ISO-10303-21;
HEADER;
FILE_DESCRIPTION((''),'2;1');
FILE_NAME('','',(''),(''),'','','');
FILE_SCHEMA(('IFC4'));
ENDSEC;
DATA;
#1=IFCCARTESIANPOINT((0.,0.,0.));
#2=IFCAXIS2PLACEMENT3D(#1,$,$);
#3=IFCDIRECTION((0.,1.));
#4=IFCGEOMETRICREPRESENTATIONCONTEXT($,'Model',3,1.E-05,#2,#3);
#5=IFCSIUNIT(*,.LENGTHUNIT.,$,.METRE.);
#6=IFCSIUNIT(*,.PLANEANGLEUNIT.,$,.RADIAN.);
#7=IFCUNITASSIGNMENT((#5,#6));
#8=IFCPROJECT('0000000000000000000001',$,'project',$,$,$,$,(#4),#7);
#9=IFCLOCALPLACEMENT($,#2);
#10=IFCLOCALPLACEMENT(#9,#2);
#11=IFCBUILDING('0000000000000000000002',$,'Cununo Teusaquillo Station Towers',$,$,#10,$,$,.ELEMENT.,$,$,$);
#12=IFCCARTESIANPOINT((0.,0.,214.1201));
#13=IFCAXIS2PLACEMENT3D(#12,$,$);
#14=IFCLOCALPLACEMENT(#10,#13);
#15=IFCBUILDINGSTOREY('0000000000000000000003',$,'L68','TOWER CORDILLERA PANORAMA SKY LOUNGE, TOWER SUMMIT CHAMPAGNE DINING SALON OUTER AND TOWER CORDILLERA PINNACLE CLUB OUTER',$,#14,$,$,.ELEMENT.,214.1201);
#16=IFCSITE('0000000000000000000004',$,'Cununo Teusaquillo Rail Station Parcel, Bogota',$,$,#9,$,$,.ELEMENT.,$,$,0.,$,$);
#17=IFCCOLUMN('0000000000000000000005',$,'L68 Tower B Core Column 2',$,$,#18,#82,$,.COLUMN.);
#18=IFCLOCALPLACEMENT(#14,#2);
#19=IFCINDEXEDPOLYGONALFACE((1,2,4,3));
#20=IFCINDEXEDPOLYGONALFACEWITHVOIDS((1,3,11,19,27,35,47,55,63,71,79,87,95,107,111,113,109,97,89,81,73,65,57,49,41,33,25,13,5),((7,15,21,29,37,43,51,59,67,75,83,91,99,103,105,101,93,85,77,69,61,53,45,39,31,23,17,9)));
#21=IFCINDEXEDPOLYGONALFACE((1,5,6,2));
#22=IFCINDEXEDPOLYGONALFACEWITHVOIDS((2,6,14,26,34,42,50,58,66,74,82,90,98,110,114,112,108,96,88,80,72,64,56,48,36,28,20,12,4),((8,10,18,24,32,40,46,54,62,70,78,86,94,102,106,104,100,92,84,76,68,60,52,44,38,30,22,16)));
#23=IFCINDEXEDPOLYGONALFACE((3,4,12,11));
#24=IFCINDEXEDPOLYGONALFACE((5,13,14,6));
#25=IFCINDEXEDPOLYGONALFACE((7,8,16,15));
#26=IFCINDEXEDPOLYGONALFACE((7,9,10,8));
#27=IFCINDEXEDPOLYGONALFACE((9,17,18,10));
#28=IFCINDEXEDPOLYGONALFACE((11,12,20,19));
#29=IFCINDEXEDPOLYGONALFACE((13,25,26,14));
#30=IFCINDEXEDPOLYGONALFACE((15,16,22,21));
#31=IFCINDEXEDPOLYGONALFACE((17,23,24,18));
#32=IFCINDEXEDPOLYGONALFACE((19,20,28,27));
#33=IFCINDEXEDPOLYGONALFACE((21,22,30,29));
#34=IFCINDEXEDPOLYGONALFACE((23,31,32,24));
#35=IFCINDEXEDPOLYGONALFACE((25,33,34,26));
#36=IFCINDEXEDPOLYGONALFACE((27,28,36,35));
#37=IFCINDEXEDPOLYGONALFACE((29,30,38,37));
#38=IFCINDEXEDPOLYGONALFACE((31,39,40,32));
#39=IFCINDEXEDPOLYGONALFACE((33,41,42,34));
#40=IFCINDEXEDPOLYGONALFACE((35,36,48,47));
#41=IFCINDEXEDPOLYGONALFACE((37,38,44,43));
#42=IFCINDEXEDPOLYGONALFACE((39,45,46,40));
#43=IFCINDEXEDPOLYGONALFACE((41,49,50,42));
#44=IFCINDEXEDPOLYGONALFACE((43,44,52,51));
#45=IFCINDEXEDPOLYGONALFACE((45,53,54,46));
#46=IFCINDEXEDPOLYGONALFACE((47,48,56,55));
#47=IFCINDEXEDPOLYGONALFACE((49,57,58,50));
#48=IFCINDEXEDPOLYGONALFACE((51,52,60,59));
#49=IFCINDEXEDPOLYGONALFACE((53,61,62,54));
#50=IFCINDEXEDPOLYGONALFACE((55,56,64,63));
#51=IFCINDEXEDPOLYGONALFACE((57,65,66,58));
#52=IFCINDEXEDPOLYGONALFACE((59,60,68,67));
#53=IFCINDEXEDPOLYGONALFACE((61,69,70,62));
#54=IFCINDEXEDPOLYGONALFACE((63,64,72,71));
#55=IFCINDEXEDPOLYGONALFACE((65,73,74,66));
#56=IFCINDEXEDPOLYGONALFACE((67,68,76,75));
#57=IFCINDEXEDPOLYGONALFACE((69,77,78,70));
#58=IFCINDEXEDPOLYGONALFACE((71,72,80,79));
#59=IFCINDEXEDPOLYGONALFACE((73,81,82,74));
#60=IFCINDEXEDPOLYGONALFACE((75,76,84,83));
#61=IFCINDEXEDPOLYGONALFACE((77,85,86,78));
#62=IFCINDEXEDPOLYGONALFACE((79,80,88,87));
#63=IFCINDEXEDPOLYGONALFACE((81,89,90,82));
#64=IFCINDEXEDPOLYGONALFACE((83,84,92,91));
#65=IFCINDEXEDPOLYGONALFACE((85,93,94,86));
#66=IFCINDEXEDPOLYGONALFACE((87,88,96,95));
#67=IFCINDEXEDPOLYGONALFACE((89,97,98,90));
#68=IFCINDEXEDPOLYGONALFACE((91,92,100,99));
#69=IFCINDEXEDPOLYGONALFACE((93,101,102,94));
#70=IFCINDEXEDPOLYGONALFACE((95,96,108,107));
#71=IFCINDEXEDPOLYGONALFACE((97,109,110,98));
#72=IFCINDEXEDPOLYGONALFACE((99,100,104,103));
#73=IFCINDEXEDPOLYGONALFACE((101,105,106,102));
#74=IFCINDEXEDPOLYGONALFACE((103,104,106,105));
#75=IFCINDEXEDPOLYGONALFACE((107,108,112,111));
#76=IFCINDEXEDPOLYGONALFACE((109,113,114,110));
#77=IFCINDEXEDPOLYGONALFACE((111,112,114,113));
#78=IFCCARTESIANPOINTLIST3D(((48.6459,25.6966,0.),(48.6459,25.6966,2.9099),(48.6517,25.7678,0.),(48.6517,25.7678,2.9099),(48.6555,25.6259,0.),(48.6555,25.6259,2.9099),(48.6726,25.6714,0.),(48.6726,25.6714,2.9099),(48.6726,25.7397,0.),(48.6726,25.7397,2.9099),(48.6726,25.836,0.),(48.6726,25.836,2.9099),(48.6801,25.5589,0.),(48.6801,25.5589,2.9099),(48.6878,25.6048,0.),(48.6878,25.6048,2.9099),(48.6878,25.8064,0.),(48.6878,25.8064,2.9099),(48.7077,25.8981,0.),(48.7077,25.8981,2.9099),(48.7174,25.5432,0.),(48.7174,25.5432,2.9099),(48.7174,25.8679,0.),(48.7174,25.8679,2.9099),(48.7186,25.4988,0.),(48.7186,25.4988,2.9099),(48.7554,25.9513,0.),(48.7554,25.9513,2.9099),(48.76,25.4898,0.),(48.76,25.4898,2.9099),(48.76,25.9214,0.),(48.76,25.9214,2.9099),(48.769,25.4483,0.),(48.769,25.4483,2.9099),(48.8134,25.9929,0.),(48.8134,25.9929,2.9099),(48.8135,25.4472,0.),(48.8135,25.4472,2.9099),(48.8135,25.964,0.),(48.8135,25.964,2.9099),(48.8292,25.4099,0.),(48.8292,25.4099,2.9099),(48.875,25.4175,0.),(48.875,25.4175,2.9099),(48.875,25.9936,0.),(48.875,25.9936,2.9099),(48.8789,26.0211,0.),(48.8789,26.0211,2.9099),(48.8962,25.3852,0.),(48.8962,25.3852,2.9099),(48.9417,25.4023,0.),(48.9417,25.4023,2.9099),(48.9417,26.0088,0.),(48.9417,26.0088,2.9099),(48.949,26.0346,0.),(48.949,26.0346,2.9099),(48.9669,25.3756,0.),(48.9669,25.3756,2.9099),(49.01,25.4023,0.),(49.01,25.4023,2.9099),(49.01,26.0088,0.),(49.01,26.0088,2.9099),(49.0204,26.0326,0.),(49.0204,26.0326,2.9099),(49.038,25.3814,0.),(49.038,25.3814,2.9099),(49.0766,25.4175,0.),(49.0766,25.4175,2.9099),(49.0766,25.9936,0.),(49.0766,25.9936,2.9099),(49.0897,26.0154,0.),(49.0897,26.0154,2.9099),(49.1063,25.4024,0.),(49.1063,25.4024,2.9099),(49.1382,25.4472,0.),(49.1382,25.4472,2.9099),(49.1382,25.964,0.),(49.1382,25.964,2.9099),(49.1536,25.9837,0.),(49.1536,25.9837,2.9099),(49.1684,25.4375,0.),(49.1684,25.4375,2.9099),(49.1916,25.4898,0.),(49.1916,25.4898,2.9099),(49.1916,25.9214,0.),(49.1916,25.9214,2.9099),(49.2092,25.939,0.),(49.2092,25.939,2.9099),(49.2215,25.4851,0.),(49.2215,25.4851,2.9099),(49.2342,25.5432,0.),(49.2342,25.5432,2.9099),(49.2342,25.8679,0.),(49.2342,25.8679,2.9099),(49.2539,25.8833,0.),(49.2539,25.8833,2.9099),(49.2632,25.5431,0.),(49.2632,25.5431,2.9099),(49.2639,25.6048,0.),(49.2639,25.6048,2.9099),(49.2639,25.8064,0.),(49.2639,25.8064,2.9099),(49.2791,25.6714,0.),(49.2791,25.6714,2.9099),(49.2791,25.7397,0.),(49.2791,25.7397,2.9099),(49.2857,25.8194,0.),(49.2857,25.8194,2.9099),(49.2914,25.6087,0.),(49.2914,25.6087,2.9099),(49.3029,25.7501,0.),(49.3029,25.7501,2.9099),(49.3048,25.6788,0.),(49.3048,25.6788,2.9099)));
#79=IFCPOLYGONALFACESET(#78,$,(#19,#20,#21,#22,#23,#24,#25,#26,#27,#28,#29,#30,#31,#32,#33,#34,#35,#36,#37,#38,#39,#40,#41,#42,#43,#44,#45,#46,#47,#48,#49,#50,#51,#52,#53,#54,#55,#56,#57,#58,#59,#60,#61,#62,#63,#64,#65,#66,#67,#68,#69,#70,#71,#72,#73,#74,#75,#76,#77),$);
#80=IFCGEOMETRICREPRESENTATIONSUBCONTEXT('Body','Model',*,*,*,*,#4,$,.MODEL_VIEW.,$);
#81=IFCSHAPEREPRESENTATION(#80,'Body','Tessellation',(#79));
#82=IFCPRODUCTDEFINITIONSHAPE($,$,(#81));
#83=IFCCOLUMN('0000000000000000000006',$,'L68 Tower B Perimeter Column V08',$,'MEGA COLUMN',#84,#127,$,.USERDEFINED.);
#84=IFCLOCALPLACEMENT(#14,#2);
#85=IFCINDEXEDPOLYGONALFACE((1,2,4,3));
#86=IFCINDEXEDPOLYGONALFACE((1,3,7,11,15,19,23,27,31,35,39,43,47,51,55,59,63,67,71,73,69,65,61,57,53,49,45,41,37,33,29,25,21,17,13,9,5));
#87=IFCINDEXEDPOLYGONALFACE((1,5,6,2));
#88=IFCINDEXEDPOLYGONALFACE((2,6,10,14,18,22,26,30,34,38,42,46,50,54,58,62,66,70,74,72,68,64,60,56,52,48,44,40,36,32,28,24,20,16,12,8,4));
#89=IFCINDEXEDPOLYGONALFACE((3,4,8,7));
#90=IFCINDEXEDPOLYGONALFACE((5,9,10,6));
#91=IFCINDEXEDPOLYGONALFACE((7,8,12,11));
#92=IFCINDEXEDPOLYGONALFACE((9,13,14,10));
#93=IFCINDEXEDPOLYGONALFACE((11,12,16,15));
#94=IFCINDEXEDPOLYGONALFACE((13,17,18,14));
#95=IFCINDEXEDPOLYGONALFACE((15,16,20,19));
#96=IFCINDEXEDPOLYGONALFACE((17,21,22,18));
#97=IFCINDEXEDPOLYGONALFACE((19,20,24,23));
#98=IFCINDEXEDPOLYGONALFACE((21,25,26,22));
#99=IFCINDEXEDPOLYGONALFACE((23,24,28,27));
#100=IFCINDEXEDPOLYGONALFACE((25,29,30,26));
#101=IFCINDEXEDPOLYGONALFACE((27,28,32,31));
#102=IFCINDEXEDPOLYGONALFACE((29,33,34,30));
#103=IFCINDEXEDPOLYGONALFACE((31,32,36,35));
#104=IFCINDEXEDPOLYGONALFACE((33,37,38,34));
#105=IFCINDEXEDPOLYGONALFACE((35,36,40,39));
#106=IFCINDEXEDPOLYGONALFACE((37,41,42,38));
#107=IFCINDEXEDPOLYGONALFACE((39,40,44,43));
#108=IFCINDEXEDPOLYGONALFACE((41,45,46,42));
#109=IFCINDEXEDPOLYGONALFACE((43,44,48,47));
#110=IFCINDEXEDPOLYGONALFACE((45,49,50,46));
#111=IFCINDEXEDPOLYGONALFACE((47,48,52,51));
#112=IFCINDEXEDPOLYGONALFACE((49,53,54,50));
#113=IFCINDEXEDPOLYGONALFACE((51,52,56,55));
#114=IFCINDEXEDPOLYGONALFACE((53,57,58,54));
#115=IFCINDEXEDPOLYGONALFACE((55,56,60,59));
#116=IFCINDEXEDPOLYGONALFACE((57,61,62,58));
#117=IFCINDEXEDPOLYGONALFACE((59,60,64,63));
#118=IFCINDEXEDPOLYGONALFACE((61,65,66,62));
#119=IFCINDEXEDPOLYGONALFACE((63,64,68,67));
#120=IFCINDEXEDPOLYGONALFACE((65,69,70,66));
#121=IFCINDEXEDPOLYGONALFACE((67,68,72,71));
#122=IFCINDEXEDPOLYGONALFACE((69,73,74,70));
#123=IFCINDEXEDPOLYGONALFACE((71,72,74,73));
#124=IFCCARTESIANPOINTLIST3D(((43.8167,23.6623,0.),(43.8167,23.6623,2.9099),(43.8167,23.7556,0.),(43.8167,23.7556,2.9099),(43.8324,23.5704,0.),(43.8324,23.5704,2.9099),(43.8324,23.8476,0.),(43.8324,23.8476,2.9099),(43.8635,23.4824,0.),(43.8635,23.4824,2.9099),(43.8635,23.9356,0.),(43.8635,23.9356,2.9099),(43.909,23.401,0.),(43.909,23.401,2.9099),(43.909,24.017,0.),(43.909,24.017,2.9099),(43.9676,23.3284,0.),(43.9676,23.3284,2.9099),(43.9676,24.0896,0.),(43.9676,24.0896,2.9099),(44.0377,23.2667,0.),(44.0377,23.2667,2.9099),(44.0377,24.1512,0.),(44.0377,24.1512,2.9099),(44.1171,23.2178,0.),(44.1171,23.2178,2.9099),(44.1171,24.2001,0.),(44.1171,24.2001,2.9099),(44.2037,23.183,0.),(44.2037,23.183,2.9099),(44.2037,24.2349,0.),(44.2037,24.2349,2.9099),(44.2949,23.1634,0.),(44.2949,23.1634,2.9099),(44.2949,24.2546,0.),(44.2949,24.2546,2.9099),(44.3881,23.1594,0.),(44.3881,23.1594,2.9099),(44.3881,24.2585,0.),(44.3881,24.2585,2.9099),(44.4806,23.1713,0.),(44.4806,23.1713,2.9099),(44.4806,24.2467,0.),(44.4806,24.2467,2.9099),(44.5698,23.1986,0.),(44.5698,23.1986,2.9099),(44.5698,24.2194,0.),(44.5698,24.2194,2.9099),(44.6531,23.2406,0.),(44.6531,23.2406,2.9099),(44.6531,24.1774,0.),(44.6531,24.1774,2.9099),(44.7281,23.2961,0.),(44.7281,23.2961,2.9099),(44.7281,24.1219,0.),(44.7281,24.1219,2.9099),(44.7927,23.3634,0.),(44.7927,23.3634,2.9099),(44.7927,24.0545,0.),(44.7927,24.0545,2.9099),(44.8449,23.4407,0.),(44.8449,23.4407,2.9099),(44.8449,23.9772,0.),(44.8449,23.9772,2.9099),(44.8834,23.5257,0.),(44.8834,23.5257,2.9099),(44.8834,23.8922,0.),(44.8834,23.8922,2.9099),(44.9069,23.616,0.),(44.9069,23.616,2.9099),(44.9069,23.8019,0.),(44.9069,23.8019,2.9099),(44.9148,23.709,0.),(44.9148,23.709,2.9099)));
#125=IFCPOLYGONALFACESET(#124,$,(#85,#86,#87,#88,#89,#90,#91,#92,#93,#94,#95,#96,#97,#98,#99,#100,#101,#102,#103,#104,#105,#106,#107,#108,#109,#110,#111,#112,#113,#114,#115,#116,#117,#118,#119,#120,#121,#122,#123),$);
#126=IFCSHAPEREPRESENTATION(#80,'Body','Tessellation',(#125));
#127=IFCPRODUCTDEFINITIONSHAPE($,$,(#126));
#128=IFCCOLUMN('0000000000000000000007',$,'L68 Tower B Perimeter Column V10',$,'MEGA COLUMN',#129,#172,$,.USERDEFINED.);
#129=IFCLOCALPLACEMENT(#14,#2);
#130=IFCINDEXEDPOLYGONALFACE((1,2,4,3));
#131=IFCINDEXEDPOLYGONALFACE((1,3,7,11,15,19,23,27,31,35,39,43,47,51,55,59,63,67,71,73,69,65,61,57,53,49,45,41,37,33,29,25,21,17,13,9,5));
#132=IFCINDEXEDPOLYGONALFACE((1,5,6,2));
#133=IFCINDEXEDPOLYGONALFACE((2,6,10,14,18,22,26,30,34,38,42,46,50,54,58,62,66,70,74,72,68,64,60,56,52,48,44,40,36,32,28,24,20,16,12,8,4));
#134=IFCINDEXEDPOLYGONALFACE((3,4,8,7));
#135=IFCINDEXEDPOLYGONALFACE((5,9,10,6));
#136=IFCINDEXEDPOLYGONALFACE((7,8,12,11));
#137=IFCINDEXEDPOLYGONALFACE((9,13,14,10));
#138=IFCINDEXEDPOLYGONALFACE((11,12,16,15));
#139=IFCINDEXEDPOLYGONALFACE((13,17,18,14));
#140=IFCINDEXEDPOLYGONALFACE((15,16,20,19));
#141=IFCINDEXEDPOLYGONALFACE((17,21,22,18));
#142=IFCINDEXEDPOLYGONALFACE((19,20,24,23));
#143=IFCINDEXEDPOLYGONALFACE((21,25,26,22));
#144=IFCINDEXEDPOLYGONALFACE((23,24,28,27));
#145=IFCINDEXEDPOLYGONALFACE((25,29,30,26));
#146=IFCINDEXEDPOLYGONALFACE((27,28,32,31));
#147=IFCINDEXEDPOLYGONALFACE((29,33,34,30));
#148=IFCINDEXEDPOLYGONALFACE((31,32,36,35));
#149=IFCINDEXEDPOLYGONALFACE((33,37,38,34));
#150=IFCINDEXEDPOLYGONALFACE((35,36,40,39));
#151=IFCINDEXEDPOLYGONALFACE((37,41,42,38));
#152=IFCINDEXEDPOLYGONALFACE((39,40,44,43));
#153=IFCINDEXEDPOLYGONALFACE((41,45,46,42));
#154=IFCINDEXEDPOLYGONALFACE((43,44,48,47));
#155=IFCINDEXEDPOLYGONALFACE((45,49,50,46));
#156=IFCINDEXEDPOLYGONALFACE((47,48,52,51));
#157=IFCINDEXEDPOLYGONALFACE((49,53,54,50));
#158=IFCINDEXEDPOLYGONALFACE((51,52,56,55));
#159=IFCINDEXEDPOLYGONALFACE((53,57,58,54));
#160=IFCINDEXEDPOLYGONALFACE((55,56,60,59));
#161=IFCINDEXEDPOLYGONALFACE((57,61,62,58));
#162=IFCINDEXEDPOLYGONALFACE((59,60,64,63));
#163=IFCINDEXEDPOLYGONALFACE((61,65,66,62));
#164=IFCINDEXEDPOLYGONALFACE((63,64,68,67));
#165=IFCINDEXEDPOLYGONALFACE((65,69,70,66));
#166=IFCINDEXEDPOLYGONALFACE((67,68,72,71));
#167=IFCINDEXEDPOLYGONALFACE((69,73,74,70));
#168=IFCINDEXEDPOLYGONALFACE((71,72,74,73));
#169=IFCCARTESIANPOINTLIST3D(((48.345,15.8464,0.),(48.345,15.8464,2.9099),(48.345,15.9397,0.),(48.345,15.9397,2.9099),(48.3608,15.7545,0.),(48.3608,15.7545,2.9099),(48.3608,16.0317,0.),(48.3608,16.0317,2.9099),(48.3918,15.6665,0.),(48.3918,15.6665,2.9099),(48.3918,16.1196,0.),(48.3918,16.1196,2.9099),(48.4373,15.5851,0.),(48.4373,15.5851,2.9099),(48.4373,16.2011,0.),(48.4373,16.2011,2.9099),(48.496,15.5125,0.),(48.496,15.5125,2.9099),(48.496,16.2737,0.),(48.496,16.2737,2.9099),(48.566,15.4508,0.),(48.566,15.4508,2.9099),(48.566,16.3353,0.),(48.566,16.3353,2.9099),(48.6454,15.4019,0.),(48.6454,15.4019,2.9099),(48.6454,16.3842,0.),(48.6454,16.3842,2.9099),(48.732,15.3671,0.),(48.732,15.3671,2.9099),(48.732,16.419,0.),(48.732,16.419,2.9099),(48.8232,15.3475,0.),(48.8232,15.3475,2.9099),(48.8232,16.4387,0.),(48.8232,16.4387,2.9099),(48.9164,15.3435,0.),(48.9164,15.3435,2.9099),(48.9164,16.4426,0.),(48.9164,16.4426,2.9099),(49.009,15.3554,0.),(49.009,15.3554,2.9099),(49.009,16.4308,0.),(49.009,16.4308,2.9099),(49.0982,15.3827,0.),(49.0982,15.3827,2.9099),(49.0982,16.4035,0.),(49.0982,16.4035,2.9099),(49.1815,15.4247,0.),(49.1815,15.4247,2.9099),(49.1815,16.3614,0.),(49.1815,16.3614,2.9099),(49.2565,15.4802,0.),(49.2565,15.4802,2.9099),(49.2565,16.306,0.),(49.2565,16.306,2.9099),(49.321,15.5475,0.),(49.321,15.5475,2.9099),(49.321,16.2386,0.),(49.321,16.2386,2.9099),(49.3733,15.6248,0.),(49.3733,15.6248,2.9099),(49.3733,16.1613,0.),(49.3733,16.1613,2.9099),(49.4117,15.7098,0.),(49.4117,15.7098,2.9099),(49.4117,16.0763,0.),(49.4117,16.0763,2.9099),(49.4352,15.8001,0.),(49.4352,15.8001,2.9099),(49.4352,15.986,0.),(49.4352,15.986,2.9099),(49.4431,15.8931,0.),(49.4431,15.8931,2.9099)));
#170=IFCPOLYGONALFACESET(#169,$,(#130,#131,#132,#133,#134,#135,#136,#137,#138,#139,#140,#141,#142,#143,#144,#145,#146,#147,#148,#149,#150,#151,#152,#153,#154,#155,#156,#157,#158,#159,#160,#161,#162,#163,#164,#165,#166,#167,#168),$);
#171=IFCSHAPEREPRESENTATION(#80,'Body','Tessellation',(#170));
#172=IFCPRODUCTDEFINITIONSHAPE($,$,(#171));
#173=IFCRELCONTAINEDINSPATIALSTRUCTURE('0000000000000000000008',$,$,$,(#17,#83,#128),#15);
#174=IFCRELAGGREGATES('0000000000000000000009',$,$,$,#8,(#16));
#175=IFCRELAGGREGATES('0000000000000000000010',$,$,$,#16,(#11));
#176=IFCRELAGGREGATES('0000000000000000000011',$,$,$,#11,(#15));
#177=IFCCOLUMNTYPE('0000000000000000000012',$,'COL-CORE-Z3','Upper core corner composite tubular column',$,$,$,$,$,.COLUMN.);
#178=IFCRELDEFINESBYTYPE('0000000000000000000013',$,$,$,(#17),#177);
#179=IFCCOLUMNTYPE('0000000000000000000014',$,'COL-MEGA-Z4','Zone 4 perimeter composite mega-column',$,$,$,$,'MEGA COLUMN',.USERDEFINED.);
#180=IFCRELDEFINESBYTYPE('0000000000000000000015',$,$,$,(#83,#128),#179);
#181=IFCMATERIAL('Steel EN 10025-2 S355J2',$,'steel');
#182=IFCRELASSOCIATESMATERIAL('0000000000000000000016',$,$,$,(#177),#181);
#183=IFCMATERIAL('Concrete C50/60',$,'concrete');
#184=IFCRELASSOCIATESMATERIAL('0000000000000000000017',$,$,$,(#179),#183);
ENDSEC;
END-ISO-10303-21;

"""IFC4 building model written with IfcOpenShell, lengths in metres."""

from ifc_helpers import new_model, si_unit, direction, frame, origin, origin_2d, place, context, subcontext, project, spatial, circle, hollow_circle, extrude, material, material_profile, profile_set, type_object, element, save


model = new_model("IFC4")

# Units and contexts
model_context = context("Model", 3, precision=1e-05, world=origin(), true_north=direction((0.0, 1.0)))
body_context = subcontext(model_context, "Body", "Model", "MODEL_VIEW")
ifc_project = project(units=[si_unit("LENGTHUNIT", "METRE"), si_unit("PLANEANGLEUNIT", "RADIAN")], contexts=[model_context])

# Site, building, storey
site_placement = place(None, origin())
site = spatial("IfcSite", under=ifc_project, at=site_placement, Name="Cununo Teusaquillo Rail Station Parcel, Bogota", CompositionType="ELEMENT", RefElevation=0.0)
building_placement = place(site_placement, origin())
building = spatial("IfcBuilding", under=site, at=building_placement, Name="Cununo Teusaquillo Station Towers", CompositionType="ELEMENT")
storey_placement = place(building_placement, frame((0.0, 0.0, 214.1201)))
storey = spatial("IfcBuildingStorey", under=building, at=storey_placement, Name="L68", Description="TOWER CORDILLERA PANORAMA SKY LOUNGE, TOWER SUMMIT CHAMPAGNE DINING SALON OUTER AND TOWER CORDILLERA PINNACLE CLUB OUTER", CompositionType="ELEMENT", Elevation=214.1201)

# Columns
ifc_material_1 = material(Name="Steel EN 10025-2 S355J2", Category="steel")
ifc_material_profile_1 = material_profile(ifc_material_1, hollow_circle(Radius=0.3301, WallThickness=0.0249, at=origin_2d()), Name="CHS 660x25")
ifc_profile_set_1 = profile_set([ifc_material_profile_1], Name="Steel EN 10025-2 S355J2")
column_type_1 = type_object("IfcColumnType", Name="COL-CORE-Z3", Description="Upper core corner composite tubular column", PredefinedType="COLUMN", material=ifc_profile_set_1)
column_placement = place(storey_placement, frame((48.9758, 25.7056, 0.0), z_axis=(0.0, 0.0, 1.0), x_axis=(0.707107, 0.707107, 0.0)))
element("IfcColumn", 1, at=column_placement, inside=storey, type_object=column_type_1, Name="L68 Tower B Core Column 2", PredefinedType="COLUMN", context=body_context, shape_type="SweptSolid", body=[
    extrude(hollow_circle(Radius=0.3301, WallThickness=0.0249, at=origin_2d()), origin(), (0.0, 0.0, 1.0), 2.9099),
])
ifc_material_2 = material(Name="Concrete C50/60", Category="concrete")
ifc_material_profile_2 = material_profile(ifc_material_2, circle(Radius=0.55, at=origin_2d()), Name="RC-CIRC-1100")
ifc_profile_set_2 = profile_set([ifc_material_profile_2], Name="Concrete C50/60")
column_type_2 = type_object("IfcColumnType", Name="COL-MEGA-Z4", Description="Zone 4 perimeter composite mega-column", ElementType="MEGA COLUMN", PredefinedType="USERDEFINED", material=ifc_profile_set_2)
for number, where, z_axis, x_axis, name in (
    (2, (44.3647, 23.709, 0.0), (0.0, 0.0, 1.0), (1.0, 0.0, 0.0), "L68 Tower B Perimeter Column V08"),
    (3, (48.8931, 15.8931, 0.0), (0.0, 0.0, 1.0), (1.0, 0.0, 0.0), "L68 Tower B Perimeter Column V10"),
):
    element("IfcColumn", number, at=place(storey_placement, frame(where, z_axis=z_axis, x_axis=x_axis)), inside=storey, type_object=column_type_2, Name=name, ObjectType="MEGA COLUMN", PredefinedType="USERDEFINED", context=body_context, shape_type="SweptSolid", body=[
        extrude(circle(Radius=0.55, at=origin_2d()), origin(), (0.0, 0.0, 1.0), 2.9099),
    ])

save(model, "model.ifc")
